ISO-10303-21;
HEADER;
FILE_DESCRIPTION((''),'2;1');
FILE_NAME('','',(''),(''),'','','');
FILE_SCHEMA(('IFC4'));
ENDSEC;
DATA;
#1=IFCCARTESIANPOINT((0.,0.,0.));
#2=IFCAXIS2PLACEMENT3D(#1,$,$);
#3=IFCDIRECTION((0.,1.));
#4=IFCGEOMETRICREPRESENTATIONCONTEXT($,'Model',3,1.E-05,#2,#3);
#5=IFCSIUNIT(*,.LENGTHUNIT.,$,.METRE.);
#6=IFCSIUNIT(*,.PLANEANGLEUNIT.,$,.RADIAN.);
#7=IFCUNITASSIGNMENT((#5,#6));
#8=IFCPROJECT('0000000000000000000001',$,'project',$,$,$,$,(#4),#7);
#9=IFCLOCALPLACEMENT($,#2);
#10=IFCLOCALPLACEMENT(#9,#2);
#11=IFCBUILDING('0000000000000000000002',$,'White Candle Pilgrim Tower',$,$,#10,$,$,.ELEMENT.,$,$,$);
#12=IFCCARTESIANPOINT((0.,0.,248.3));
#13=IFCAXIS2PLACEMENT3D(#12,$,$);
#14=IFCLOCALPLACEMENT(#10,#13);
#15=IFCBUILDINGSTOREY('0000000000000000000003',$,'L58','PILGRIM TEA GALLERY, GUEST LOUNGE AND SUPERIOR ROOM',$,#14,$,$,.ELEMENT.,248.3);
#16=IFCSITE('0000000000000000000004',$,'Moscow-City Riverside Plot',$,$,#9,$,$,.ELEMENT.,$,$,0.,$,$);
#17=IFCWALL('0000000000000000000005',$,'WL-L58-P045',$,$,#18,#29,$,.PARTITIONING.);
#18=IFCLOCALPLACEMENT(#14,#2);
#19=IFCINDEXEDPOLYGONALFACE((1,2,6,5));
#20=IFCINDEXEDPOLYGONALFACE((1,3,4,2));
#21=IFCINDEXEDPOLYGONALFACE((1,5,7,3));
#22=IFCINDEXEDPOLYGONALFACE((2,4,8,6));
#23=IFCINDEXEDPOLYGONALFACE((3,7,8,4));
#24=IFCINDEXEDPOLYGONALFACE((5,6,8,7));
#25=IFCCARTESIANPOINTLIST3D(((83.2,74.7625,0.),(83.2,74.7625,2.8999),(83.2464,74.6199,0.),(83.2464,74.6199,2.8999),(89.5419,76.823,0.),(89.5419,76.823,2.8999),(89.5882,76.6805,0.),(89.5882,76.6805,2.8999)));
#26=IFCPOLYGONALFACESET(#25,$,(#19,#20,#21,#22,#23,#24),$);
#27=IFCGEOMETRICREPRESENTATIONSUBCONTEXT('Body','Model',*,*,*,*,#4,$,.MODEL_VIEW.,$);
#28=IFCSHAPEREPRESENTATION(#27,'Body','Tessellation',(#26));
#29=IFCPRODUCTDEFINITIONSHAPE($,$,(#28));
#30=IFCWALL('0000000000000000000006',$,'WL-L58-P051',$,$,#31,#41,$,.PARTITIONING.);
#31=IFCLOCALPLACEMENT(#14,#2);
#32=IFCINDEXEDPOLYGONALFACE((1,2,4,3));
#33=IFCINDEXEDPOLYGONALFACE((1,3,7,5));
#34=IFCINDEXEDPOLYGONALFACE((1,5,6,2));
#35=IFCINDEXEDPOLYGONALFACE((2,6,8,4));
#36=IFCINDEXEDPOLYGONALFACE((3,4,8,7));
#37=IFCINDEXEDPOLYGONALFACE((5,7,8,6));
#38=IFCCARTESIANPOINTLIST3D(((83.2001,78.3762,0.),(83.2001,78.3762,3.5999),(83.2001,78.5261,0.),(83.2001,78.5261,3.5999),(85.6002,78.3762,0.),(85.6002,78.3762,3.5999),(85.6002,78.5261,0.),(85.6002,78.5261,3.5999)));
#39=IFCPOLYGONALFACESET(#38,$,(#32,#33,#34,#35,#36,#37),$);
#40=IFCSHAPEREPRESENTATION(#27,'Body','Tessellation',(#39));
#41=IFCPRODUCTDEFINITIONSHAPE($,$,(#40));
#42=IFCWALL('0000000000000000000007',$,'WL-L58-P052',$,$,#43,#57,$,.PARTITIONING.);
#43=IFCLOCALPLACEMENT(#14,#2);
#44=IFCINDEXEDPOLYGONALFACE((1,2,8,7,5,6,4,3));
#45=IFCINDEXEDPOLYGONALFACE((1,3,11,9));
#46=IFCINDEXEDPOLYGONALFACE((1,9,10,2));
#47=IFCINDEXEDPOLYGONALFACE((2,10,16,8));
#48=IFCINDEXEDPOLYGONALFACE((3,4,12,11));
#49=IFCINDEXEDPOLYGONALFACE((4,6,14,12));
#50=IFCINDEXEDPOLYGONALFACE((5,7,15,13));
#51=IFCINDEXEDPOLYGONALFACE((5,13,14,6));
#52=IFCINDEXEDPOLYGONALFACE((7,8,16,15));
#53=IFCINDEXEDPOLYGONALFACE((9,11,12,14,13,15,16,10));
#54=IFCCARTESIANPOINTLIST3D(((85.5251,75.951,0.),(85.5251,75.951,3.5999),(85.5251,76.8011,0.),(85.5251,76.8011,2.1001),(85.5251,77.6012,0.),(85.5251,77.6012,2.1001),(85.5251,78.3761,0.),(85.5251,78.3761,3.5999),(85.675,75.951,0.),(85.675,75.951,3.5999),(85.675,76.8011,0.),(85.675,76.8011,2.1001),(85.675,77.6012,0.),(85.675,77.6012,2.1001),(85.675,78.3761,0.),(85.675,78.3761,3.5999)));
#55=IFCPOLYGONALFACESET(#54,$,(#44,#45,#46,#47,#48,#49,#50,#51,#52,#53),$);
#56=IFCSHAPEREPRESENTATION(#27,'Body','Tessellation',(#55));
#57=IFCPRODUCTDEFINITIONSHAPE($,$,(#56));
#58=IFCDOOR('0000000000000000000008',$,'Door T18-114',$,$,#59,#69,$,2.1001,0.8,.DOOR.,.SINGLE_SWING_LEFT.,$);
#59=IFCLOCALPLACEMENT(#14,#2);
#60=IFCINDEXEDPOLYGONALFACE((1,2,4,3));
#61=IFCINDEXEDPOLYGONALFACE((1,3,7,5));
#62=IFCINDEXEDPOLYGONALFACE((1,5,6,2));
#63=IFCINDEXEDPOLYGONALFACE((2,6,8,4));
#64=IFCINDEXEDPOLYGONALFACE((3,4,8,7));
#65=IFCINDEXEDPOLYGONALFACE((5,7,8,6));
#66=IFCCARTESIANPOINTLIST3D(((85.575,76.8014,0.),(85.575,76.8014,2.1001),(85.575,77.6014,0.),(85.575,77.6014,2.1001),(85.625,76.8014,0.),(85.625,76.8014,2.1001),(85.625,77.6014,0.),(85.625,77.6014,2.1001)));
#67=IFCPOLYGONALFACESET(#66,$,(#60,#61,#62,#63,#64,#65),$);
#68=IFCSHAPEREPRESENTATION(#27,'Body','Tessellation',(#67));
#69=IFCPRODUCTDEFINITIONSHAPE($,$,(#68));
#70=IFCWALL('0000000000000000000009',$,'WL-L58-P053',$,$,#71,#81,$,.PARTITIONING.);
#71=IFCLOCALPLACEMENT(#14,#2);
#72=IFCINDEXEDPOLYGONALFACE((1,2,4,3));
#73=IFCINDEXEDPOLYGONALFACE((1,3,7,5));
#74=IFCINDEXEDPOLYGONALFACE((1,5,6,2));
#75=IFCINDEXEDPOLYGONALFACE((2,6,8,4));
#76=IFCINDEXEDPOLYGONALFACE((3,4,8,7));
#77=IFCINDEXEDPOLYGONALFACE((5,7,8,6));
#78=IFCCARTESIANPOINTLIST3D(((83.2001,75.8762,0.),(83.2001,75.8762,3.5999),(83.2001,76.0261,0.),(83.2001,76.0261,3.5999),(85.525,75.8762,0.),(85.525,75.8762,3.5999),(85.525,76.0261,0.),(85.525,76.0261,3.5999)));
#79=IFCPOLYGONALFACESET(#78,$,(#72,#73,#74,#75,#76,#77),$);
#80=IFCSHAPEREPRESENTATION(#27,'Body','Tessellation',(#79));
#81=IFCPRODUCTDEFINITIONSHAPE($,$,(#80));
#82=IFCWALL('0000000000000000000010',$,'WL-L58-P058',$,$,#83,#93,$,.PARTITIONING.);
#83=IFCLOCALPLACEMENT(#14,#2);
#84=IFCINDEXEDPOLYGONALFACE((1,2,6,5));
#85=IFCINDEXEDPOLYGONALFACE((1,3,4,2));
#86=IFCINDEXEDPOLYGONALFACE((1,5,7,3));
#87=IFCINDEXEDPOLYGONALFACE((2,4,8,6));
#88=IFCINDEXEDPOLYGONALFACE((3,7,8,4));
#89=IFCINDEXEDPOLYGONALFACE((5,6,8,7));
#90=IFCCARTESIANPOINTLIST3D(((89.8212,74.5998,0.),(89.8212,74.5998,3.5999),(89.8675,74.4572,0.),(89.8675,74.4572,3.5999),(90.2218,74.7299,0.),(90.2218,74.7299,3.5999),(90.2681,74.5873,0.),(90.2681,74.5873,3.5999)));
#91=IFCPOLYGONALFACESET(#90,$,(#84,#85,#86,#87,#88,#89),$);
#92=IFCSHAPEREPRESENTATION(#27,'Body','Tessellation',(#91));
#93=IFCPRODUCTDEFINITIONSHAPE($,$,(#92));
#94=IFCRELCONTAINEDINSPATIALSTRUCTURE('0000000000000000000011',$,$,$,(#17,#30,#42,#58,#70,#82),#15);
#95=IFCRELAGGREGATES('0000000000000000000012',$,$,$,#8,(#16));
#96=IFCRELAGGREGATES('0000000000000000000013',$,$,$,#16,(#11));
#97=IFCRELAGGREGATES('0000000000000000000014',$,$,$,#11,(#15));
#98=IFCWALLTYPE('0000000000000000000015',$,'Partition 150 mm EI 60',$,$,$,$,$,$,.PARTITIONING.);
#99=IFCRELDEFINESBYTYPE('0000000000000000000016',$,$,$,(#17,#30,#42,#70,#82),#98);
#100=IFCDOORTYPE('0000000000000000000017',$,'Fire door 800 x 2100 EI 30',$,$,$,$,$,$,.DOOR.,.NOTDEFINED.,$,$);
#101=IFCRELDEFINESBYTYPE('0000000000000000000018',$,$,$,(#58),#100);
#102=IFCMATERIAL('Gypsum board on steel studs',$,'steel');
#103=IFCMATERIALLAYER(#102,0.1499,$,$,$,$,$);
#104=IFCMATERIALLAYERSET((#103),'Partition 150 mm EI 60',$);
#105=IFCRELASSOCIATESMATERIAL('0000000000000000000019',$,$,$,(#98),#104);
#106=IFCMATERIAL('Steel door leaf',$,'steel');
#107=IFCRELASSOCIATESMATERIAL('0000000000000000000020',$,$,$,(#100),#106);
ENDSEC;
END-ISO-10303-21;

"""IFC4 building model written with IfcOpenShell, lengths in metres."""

from ifc_helpers import new_model, si_unit, direction, frame, frame_2d, origin, place, context, subcontext, project, spatial, rectangle, extrude, material, layer, layer_set, type_object, element, fill, save


model = new_model("IFC4")

# Units and contexts
model_context = context("Model", 3, precision=1e-05, world=origin(), true_north=direction((0.0, 1.0)))
body_context = subcontext(model_context, "Body", "Model", "MODEL_VIEW")
ifc_project = project(units=[si_unit("LENGTHUNIT", "METRE"), si_unit("PLANEANGLEUNIT", "RADIAN")], contexts=[model_context])

# Site, building, storey
site_placement = place(None, origin())
site = spatial("IfcSite", under=ifc_project, at=site_placement, Name="Moscow-City Riverside Plot", CompositionType="ELEMENT", RefElevation=0.0)
building_placement = place(site_placement, origin())
building = spatial("IfcBuilding", under=site, at=building_placement, Name="White Candle Pilgrim Tower", CompositionType="ELEMENT")
storey_placement = place(building_placement, frame((0.0, 0.0, 248.3)))
storey = spatial("IfcBuildingStorey", under=building, at=storey_placement, Name="L58", Description="PILGRIM TEA GALLERY, GUEST LOUNGE AND SUPERIOR ROOM", CompositionType="ELEMENT", Elevation=248.3)

# Shared definitions
ifc_material_1 = material(Name="Steel door leaf", Category="steel")

# Shared definitions
ifc_material_2 = material(Name="Gypsum board on steel studs", Category="steel")

# Walls
ifc_layer_1 = layer(ifc_material_2, 0.1499)
ifc_layer_set_1 = layer_set([ifc_layer_1], Name="Partition 150 mm EI 60")
wall_type_1 = type_object("IfcWallType", Name="Partition 150 mm EI 60", PredefinedType="PARTITIONING", material=ifc_layer_set_1)
wall_1_placement = place(storey_placement, frame((89.5649, 76.7517, 0.0), z_axis=(0.0, 0.0, 1.0), x_axis=(-0.951058, -0.309013, 0.0)))
element("IfcWall", 1, at=wall_1_placement, inside=storey, type_object=wall_type_1, Name="WL-L58-P045", PredefinedType="PARTITIONING", context=body_context, shape_type="SweptSolid", body=[
    extrude(rectangle(XDim=6.6682, YDim=0.1499, at=frame_2d((3.334, 0.0))), origin(), (0.0, 0.0, 1.0), 2.8999),
])
wall_2_placement = place(storey_placement, frame((83.2, 78.4512, 0.0), z_axis=(0.0, 0.0, 1.0), x_axis=(1.0, 0.0, 0.0)))
element("IfcWall", 2, at=wall_2_placement, inside=storey, type_object=wall_type_1, Name="WL-L58-P051", PredefinedType="PARTITIONING", context=body_context, shape_type="SweptSolid", body=[
    extrude(rectangle(XDim=2.4001, YDim=0.1499, at=frame_2d((1.2002, 0.0))), origin(), (0.0, 0.0, 1.0), 3.5999),
])

# Wall, opening, door
wall_3_placement = place(storey_placement, frame((85.6001, 75.9512, 0.0), z_axis=(0.0, 0.0, 1.0), x_axis=(0.0, 1.0, 0.0)))
wall_3 = element("IfcWall", 3, at=wall_3_placement, inside=storey, type_object=wall_type_1, Name="WL-L58-P052", PredefinedType="PARTITIONING", context=body_context, shape_type="SweptSolid", body=[
    extrude(rectangle(XDim=2.425, YDim=0.1499, at=frame_2d((1.2124, 0.0))), origin(), (0.0, 0.0, 1.0), 3.5999),
])
opening_1_placement = place(wall_3_placement, frame((0.8501, 0.0, 0.0)))
opening_1 = element("IfcOpeningElement", 4, at=opening_1_placement, cuts=wall_3, PredefinedType="OPENING", context=body_context, shape_type="SweptSolid", body=[
    extrude(rectangle(XDim=0.8, YDim=2.1001, at=frame_2d((0.3999, 1.05))), frame((0.0, 0.085, 0.0), z_axis=(0.0, -1.0, 0.0), x_axis=(1.0, 0.0, 0.0)), (0.0, 0.0, 1.0), 0.1699),
])
door_type_1 = type_object("IfcDoorType", Name="Fire door 800 x 2100 EI 30", OperationType="NOTDEFINED", PredefinedType="DOOR", material=ifc_material_1)
door_1_placement = place(opening_1_placement, frame((0.8, 0.0, 0.0), z_axis=(0.0, 0.0, 1.0), x_axis=(-1.0, 0.0, 0.0)))
door_1 = element("IfcDoor", 5, at=door_1_placement, inside=storey, type_object=door_type_1, Name="Door T18-114", OperationType="SINGLE_SWING_LEFT", OverallHeight=2.1001, OverallWidth=0.8, PredefinedType="DOOR", context=body_context, shape_type="SweptSolid", body=[
    extrude(rectangle(XDim=0.8, YDim=2.1001, at=frame_2d((0.3999, 1.05))), frame((0.0, 0.0249, 0.0), z_axis=(0.0, -1.0, 0.0), x_axis=(1.0, 0.0, 0.0)), (0.0, 0.0, 1.0), 0.05),
])
fill(opening_1, door_1)

# Walls
wall_4_placement = place(storey_placement, frame((83.2, 75.9512, 0.0), z_axis=(0.0, 0.0, 1.0), x_axis=(1.0, 0.0, 0.0)))
element("IfcWall", 6, at=wall_4_placement, inside=storey, type_object=wall_type_1, Name="WL-L58-P053", PredefinedType="PARTITIONING", context=body_context, shape_type="SweptSolid", body=[
    extrude(rectangle(XDim=2.325, YDim=0.1499, at=frame_2d((1.1626, 0.0))), origin(), (0.0, 0.0, 1.0), 3.5999),
])
wall_5_placement = place(storey_placement, frame((89.8445, 74.5286, 0.0), z_axis=(0.0, 0.0, 1.0), x_axis=(0.951089, 0.308916, 0.0)))
element("IfcWall", 7, at=wall_5_placement, inside=storey, type_object=wall_type_1, Name="WL-L58-P058", PredefinedType="PARTITIONING", context=body_context, shape_type="SweptSolid", body=[
    extrude(rectangle(XDim=0.4211, YDim=0.1499, at=frame_2d((0.2104, 0.0))), origin(), (0.0, 0.0, 1.0), 3.5999),
])

save(model, "model.ifc")
